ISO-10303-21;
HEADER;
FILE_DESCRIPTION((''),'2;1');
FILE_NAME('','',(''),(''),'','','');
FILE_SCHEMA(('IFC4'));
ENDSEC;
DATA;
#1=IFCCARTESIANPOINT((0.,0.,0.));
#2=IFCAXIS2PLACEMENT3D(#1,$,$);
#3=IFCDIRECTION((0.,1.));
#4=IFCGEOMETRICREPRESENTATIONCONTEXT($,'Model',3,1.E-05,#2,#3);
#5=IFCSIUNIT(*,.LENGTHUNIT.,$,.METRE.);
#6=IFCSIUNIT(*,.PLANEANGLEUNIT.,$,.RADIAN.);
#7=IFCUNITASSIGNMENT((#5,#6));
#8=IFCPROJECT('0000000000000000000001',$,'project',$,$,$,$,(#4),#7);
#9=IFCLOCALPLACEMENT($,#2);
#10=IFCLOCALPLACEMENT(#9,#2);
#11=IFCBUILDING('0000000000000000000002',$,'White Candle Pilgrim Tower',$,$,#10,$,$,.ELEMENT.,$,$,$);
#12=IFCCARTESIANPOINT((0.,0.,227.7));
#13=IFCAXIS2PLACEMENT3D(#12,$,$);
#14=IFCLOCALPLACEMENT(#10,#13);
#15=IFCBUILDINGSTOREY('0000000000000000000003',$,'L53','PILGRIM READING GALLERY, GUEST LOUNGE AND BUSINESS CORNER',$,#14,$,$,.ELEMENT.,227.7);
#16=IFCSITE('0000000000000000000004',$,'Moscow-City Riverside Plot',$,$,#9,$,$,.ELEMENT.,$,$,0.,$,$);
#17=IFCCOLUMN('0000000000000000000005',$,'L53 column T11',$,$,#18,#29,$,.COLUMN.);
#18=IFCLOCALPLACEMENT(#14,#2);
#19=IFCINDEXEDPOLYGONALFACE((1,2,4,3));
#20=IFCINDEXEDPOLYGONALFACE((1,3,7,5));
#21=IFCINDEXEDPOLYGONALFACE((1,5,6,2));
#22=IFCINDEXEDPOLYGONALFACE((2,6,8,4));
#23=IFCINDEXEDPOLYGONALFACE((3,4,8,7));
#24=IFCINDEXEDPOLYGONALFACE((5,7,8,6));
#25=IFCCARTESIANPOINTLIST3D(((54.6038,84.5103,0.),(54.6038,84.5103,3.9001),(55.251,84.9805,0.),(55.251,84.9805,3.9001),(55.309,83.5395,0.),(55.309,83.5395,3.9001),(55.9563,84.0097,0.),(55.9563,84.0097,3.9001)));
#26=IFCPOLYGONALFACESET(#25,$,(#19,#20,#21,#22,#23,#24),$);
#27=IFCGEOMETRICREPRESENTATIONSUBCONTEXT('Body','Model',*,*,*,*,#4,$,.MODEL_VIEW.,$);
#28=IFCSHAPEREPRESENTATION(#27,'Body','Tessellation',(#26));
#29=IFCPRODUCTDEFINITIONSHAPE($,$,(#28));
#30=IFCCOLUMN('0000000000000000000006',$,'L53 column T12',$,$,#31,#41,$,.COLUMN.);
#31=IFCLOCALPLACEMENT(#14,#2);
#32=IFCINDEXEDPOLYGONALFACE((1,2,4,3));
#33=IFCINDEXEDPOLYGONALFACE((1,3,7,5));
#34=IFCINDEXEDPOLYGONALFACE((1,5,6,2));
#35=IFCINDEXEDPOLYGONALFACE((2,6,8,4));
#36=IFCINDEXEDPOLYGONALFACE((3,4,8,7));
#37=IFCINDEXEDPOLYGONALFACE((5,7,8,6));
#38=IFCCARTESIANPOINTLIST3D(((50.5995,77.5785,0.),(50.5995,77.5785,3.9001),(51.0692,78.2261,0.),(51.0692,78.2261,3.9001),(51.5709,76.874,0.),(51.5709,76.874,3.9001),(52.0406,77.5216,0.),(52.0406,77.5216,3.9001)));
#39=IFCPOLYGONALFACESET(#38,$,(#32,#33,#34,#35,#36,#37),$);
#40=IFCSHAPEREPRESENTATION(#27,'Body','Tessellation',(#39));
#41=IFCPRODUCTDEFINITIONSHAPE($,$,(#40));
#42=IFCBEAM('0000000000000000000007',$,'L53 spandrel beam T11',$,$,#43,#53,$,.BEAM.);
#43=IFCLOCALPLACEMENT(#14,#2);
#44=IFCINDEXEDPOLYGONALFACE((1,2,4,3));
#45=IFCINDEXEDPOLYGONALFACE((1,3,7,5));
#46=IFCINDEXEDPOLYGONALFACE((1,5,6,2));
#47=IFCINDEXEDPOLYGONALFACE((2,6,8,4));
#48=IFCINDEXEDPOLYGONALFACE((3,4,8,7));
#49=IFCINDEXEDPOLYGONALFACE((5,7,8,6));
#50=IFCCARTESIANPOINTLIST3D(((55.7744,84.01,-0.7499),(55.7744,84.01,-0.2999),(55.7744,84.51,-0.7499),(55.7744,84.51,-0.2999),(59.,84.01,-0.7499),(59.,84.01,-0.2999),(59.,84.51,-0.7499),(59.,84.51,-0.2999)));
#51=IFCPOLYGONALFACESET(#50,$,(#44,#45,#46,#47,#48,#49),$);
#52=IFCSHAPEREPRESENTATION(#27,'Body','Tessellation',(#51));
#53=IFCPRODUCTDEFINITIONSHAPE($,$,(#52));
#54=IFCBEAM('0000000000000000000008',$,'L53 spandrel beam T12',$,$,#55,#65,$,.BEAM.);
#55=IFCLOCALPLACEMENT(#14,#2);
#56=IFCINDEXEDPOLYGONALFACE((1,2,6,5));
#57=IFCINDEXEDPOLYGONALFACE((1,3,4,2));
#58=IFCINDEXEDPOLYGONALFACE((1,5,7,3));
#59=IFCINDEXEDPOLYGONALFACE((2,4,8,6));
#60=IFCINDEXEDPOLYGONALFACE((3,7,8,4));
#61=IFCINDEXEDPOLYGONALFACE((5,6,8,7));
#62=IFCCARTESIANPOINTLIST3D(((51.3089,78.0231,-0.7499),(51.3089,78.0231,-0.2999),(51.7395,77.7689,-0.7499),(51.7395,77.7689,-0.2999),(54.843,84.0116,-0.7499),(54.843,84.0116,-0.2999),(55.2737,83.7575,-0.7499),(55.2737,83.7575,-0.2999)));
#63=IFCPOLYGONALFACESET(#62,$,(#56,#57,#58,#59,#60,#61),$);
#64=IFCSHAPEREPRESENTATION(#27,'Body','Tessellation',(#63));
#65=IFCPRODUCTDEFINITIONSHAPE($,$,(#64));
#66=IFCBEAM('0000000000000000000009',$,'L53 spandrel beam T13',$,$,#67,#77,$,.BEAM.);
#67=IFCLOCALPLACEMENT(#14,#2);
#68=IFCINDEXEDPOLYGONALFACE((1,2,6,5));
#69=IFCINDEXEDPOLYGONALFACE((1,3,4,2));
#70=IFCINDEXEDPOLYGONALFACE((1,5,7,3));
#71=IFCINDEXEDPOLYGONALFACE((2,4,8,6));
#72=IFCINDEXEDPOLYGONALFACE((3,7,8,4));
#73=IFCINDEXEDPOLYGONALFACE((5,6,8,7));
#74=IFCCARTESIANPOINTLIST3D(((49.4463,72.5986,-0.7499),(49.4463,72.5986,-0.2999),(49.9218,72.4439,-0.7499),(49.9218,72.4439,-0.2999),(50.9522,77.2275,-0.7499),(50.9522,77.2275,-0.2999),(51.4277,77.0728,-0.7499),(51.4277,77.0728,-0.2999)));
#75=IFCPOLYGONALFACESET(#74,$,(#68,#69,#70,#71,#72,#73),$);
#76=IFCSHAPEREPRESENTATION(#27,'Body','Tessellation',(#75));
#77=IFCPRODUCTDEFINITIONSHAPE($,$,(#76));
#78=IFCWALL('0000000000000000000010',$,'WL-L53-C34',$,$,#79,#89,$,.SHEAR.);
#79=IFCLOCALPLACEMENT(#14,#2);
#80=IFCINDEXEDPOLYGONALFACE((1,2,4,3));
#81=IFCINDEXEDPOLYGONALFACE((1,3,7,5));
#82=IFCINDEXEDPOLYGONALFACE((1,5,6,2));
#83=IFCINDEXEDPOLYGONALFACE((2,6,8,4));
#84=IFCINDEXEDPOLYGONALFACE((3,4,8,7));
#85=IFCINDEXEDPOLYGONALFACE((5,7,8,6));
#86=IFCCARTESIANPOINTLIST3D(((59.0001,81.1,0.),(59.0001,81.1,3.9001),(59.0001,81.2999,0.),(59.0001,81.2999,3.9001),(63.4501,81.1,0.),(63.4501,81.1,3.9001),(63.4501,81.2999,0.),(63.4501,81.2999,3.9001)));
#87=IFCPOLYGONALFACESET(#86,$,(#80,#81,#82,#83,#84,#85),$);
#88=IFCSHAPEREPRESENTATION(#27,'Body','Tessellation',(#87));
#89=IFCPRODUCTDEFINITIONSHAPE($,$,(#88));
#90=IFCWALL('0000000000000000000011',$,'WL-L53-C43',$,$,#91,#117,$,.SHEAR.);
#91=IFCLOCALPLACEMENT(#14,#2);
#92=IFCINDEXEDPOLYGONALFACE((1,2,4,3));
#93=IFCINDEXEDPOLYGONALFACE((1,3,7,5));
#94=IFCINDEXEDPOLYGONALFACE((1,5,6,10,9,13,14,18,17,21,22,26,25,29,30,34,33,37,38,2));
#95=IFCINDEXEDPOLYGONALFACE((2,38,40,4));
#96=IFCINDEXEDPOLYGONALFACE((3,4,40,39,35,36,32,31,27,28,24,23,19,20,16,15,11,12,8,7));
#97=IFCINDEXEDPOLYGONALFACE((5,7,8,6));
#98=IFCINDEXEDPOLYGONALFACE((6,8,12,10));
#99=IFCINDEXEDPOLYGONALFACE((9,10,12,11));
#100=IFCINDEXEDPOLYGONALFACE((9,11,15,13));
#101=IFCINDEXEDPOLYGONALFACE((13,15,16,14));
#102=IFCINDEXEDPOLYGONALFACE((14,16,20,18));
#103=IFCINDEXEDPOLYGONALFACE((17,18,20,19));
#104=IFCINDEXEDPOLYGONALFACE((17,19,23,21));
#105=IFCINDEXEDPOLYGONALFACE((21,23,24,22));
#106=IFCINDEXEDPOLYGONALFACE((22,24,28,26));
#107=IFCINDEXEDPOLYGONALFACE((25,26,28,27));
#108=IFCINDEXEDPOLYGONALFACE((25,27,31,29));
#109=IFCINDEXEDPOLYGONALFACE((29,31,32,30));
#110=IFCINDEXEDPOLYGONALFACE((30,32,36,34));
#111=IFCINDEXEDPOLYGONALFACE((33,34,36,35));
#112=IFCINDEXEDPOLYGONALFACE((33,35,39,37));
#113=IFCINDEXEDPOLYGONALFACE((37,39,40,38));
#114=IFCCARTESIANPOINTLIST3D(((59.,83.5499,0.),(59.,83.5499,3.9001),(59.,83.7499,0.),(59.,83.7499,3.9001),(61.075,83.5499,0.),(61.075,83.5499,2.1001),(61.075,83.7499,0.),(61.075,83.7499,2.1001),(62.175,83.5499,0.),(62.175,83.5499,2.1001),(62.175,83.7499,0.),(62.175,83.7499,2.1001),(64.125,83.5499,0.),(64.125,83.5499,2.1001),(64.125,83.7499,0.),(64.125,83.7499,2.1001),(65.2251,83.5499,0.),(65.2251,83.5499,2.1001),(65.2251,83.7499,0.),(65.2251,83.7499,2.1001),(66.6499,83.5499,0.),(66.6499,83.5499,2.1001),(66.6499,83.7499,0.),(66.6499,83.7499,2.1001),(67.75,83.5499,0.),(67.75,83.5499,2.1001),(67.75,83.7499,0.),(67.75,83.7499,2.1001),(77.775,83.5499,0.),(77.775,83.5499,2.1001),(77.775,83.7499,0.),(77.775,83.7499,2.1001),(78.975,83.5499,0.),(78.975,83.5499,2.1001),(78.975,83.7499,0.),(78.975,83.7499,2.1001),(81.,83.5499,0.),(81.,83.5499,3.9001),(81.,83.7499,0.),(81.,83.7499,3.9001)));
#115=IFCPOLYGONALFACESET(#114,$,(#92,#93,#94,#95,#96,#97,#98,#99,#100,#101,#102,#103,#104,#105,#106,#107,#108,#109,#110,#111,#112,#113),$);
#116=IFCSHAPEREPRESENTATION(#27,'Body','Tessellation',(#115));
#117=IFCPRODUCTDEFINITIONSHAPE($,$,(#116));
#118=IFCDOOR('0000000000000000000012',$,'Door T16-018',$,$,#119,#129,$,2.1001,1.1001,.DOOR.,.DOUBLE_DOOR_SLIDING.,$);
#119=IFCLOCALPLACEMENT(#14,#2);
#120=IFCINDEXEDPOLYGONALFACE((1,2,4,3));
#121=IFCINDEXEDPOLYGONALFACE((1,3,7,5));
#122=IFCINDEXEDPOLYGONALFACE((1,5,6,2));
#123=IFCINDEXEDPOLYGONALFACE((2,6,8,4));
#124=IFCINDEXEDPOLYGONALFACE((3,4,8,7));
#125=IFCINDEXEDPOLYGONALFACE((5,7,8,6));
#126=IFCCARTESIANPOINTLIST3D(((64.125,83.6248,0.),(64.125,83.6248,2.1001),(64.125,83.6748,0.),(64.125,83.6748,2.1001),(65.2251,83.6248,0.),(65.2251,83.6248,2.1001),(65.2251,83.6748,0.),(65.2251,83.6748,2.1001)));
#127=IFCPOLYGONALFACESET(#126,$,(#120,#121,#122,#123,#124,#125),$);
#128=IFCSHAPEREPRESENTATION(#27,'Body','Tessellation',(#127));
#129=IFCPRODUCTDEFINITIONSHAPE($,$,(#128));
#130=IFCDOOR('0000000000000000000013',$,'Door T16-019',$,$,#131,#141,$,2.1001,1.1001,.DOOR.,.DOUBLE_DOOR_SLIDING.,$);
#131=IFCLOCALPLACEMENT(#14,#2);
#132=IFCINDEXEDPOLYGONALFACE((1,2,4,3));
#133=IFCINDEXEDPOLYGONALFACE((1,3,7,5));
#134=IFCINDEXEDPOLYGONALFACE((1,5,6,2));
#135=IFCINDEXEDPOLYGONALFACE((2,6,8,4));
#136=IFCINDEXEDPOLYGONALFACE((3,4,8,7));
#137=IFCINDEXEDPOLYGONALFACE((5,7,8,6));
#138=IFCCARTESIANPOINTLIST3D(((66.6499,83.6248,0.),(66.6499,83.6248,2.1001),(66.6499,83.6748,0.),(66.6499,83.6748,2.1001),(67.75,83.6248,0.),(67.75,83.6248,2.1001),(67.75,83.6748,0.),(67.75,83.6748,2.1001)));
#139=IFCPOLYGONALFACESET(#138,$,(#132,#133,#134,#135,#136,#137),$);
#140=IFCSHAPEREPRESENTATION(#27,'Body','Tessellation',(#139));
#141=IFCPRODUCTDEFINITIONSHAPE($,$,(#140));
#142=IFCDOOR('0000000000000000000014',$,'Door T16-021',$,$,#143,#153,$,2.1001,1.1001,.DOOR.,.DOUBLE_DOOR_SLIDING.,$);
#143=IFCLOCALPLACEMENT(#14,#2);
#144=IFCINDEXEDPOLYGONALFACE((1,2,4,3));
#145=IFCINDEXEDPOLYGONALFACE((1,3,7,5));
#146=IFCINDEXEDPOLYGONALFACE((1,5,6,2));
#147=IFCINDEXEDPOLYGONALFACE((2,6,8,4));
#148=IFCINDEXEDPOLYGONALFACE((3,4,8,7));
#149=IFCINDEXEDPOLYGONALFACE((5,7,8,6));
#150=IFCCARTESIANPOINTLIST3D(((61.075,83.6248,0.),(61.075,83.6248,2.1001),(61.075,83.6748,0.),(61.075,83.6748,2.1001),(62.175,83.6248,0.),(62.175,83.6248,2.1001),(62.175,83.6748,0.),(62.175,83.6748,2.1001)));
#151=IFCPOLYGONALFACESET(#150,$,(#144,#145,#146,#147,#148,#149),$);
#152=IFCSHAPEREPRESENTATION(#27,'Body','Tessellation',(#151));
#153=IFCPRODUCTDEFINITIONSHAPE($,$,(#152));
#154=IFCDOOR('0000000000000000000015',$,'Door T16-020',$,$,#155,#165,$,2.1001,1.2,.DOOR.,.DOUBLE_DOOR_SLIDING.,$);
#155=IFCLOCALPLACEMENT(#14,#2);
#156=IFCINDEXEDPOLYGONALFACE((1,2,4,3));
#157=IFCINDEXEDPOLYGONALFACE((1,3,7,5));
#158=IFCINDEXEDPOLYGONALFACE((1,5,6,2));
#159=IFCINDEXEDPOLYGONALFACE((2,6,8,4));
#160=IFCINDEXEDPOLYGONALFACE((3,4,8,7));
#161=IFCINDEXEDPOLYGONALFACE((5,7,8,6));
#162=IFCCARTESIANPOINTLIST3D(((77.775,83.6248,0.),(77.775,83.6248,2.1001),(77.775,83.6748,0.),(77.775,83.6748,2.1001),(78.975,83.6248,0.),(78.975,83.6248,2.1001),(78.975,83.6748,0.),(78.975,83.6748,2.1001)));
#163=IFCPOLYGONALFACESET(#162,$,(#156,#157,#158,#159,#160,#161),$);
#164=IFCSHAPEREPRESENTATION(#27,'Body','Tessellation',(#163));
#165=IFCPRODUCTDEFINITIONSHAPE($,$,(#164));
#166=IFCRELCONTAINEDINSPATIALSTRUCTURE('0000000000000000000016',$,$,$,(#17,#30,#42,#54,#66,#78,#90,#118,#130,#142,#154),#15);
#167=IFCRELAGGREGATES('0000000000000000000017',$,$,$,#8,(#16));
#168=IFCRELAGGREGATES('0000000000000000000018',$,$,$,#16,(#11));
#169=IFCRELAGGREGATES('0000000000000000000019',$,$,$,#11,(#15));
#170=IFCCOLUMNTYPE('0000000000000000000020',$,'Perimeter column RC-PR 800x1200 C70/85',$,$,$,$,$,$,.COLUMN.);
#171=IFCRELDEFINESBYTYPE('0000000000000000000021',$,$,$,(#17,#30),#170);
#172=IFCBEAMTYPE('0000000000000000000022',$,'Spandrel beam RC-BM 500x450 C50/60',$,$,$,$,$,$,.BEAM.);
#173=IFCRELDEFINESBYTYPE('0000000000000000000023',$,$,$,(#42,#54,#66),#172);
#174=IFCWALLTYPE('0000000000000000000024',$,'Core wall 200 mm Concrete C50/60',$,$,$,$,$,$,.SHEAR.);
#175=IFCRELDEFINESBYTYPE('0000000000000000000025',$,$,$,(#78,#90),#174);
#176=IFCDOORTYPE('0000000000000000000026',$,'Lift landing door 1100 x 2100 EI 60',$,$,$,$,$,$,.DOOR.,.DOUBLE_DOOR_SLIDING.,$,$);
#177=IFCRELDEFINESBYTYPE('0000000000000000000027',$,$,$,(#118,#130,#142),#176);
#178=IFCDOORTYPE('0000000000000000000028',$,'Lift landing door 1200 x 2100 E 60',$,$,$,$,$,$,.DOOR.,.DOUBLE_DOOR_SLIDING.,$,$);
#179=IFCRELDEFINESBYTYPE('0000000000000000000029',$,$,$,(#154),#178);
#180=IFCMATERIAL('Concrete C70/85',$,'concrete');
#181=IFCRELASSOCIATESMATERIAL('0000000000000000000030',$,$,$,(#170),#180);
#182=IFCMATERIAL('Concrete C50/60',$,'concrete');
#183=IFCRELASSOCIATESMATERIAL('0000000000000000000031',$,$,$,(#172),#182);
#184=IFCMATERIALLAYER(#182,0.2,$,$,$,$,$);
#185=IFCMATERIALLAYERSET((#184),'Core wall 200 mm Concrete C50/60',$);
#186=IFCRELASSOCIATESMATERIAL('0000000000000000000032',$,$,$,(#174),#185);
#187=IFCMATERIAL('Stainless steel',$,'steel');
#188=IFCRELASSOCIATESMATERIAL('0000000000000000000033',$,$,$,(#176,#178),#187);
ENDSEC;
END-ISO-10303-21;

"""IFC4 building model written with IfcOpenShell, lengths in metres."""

from ifc_helpers import new_model, si_unit, direction, frame, frame_2d, origin, origin_2d, place, context, subcontext, project, spatial, rectangle, extrude, material, layer, layer_set, material_profile, profile_set, type_object, element, fill, save


model = new_model("IFC4")

# Units and contexts
model_context = context("Model", 3, precision=1e-05, world=origin(), true_north=direction((0.0, 1.0)))
body_context = subcontext(model_context, "Body", "Model", "MODEL_VIEW")
ifc_project = project(units=[si_unit("LENGTHUNIT", "METRE"), si_unit("PLANEANGLEUNIT", "RADIAN")], contexts=[model_context])

# Site, building, storey
site_placement = place(None, origin())
site = spatial("IfcSite", under=ifc_project, at=site_placement, Name="Moscow-City Riverside Plot", CompositionType="ELEMENT", RefElevation=0.0)
building_placement = place(site_placement, origin())
building = spatial("IfcBuilding", under=site, at=building_placement, Name="White Candle Pilgrim Tower", CompositionType="ELEMENT")
storey_placement = place(building_placement, frame((0.0, 0.0, 227.7)))
storey = spatial("IfcBuildingStorey", under=building, at=storey_placement, Name="L53", Description="PILGRIM READING GALLERY, GUEST LOUNGE AND BUSINESS CORNER", CompositionType="ELEMENT", Elevation=227.7)

# Columns
ifc_material_1 = material(Name="Concrete C70/85", Category="concrete")
ifc_material_profile_1 = material_profile(ifc_material_1, rectangle(XDim=0.8, YDim=1.2, at=origin_2d()), Name="RC-PR 800x1200")
ifc_profile_set_1 = profile_set([ifc_material_profile_1], Name="Concrete C70/85")
column_type = type_object("IfcColumnType", Name="Perimeter column RC-PR 800x1200 C70/85", PredefinedType="COLUMN", material=ifc_profile_set_1)
for number, where, z_axis, x_axis, name in (
    (1, (55.28, 84.26, 0.0), (0.0, 0.0, 1.0), (0.809027, 0.587771, 0.0), "L53 column T11"),
    (2, (51.3201, 77.55, 0.0), (0.0, 0.0, 1.0), (0.587107, 0.809509, 0.0), "L53 column T12"),
):
    element("IfcColumn", number, at=place(storey_placement, frame(where, z_axis=z_axis, x_axis=x_axis)), inside=storey, type_object=column_type, Name=name, PredefinedType="COLUMN", context=body_context, shape_type="SweptSolid", body=[
        extrude(rectangle(XDim=0.8, YDim=1.2, at=origin_2d()), origin(), (0.0, 0.0, 1.0), 3.9001),
    ])

# Beams
ifc_material_2 = material(Name="Concrete C50/60", Category="concrete")
ifc_material_profile_2 = material_profile(ifc_material_2, rectangle(XDim=0.5, YDim=0.45, at=origin_2d()), Name="RC-BM 500x450")
ifc_profile_set_2 = profile_set([ifc_material_profile_2], Name="Concrete C50/60")
beam_type = type_object("IfcBeamType", Name="Spandrel beam RC-BM 500x450 C50/60", PredefinedType="BEAM", material=ifc_profile_set_2)
beam_1_placement = place(storey_placement, frame((55.7744, 84.26, -0.5249), z_axis=(1.0, 0.0, 0.0), x_axis=(0.0, 1.0, 0.0)))
element("IfcBeam", 3, at=beam_1_placement, inside=storey, type_object=beam_type, Name="L53 spandrel beam T11", PredefinedType="BEAM", context=body_context, shape_type="SweptSolid", body=[
    extrude(rectangle(XDim=0.5, YDim=0.45, at=origin_2d()), origin(), (0.0, 0.0, 1.0), 3.2256),
])
beam_2_placement = place(storey_placement, frame((55.0583, 83.8845, -0.5249), z_axis=(-0.50825, -0.861209, 0.0), x_axis=(0.861209, -0.50825, 0.0)))
element("IfcBeam", 4, at=beam_2_placement, inside=storey, type_object=beam_type, Name="L53 spandrel beam T12", PredefinedType="BEAM", context=body_context, shape_type="SweptSolid", body=[
    extrude(rectangle(XDim=0.5, YDim=0.45, at=origin_2d()), origin(), (0.0, 0.0, 1.0), 6.9536),
])
beam_3_placement = place(storey_placement, frame((51.1899, 77.1501, -0.5249), z_axis=(-0.309358, -0.950946, 0.0), x_axis=(0.950946, -0.309358, 0.0)))
element("IfcBeam", 5, at=beam_3_placement, inside=storey, type_object=beam_type, Name="L53 spandrel beam T13", PredefinedType="BEAM", context=body_context, shape_type="SweptSolid", body=[
    extrude(rectangle(XDim=0.5, YDim=0.45, at=origin_2d()), origin(), (0.0, 0.0, 1.0), 4.8677),
])

# Wall
ifc_layer_1 = layer(ifc_material_2, 0.2)
ifc_layer_set_1 = layer_set([ifc_layer_1], Name="Core wall 200 mm Concrete C50/60")
wall_type_1 = type_object("IfcWallType", Name="Core wall 200 mm Concrete C50/60", PredefinedType="SHEAR", material=ifc_layer_set_1)
wall_1_placement = place(storey_placement, frame((59.0, 81.2, 0.0), z_axis=(0.0, 0.0, 1.0), x_axis=(1.0, 0.0, 0.0)))
element("IfcWall", 6, at=wall_1_placement, inside=storey, type_object=wall_type_1, Name="WL-L53-C34", PredefinedType="SHEAR", context=body_context, shape_type="SweptSolid", body=[
    extrude(rectangle(XDim=4.45, YDim=0.2, at=frame_2d((2.2251, 0.0))), origin(), (0.0, 0.0, 1.0), 3.9001),
])

# Wall, openings, doors
wall_2_placement = place(storey_placement, frame((59.0, 83.6499, 0.0), z_axis=(0.0, 0.0, 1.0), x_axis=(1.0, 0.0, 0.0)))
wall_2 = element("IfcWall", 7, at=wall_2_placement, inside=storey, type_object=wall_type_1, Name="WL-L53-C43", PredefinedType="SHEAR", context=body_context, shape_type="SweptSolid", body=[
    extrude(rectangle(XDim=22.0, YDim=0.2, at=frame_2d((11.0, 0.0))), origin(), (0.0, 0.0, 1.0), 3.9001),
])
opening_1_placement = place(wall_2_placement, frame((5.125, 0.0, 0.0)))
opening_1 = element("IfcOpeningElement", 8, at=opening_1_placement, cuts=wall_2, PredefinedType="OPENING", context=body_context, shape_type="SweptSolid", body=[
    extrude(rectangle(XDim=1.1001, YDim=2.1001, at=frame_2d((0.55, 1.05))), frame((0.0, 0.1099, 0.0), z_axis=(0.0, -1.0, 0.0), x_axis=(1.0, 0.0, 0.0)), (0.0, 0.0, 1.0), 0.22),
])
opening_2_placement = place(wall_2_placement, frame((7.6499, 0.0, 0.0)))
opening_2 = element("IfcOpeningElement", 9, at=opening_2_placement, cuts=wall_2, PredefinedType="OPENING", context=body_context, shape_type="SweptSolid", body=[
    extrude(rectangle(XDim=1.1001, YDim=2.1001, at=frame_2d((0.55, 1.05))), frame((0.0, 0.1099, 0.0), z_axis=(0.0, -1.0, 0.0), x_axis=(1.0, 0.0, 0.0)), (0.0, 0.0, 1.0), 0.22),
])
opening_3_placement = place(wall_2_placement, frame((18.7749, 0.0, 0.0)))
opening_3 = element("IfcOpeningElement", 10, at=opening_3_placement, cuts=wall_2, PredefinedType="OPENING", context=body_context, shape_type="SweptSolid", body=[
    extrude(rectangle(XDim=1.2, YDim=2.1001, at=frame_2d((0.6001, 1.05))), frame((0.0, 0.1099, 0.0), z_axis=(0.0, -1.0, 0.0), x_axis=(1.0, 0.0, 0.0)), (0.0, 0.0, 1.0), 0.22),
])
opening_4_placement = place(wall_2_placement, frame((2.075, 0.0, 0.0)))
opening_4 = element("IfcOpeningElement", 11, at=opening_4_placement, cuts=wall_2, PredefinedType="OPENING", context=body_context, shape_type="SweptSolid", body=[
    extrude(rectangle(XDim=1.1001, YDim=2.1001, at=frame_2d((0.55, 1.05))), frame((0.0, 0.1099, 0.0), z_axis=(0.0, -1.0, 0.0), x_axis=(1.0, 0.0, 0.0)), (0.0, 0.0, 1.0), 0.22),
])
ifc_material_3 = material(Name="Stainless steel", Category="steel")
door_type_1 = type_object("IfcDoorType", Name="Lift landing door 1100 x 2100 EI 60", OperationType="DOUBLE_DOOR_SLIDING", PredefinedType="DOOR", material=ifc_material_3)
door_1_placement = place(opening_1_placement, origin())
door_1 = element("IfcDoor", 12, at=door_1_placement, inside=storey, type_object=door_type_1, Name="Door T16-018", OperationType="DOUBLE_DOOR_SLIDING", OverallHeight=2.1001, OverallWidth=1.1001, PredefinedType="DOOR", context=body_context, shape_type="SweptSolid", body=[
    extrude(rectangle(XDim=1.1001, YDim=2.1001, at=frame_2d((0.55, 1.05))), frame((0.0, 0.0249, 0.0), z_axis=(0.0, -1.0, 0.0), x_axis=(1.0, 0.0, 0.0)), (0.0, 0.0, 1.0), 0.05),
])
fill(opening_1, door_1)
door_2_placement = place(opening_2_placement, origin())
door_2 = element("IfcDoor", 13, at=door_2_placement, inside=storey, type_object=door_type_1, Name="Door T16-019", OperationType="DOUBLE_DOOR_SLIDING", OverallHeight=2.1001, OverallWidth=1.1001, PredefinedType="DOOR", context=body_context, shape_type="SweptSolid", body=[
    extrude(rectangle(XDim=1.1001, YDim=2.1001, at=frame_2d((0.55, 1.05))), frame((0.0, 0.0249, 0.0), z_axis=(0.0, -1.0, 0.0), x_axis=(1.0, 0.0, 0.0)), (0.0, 0.0, 1.0), 0.05),
])
fill(opening_2, door_2)
door_3_placement = place(opening_4_placement, origin())
door_3 = element("IfcDoor", 14, at=door_3_placement, inside=storey, type_object=door_type_1, Name="Door T16-021", OperationType="DOUBLE_DOOR_SLIDING", OverallHeight=2.1001, OverallWidth=1.1001, PredefinedType="DOOR", context=body_context, shape_type="SweptSolid", body=[
    extrude(rectangle(XDim=1.1001, YDim=2.1001, at=frame_2d((0.55, 1.05))), frame((0.0, 0.0249, 0.0), z_axis=(0.0, -1.0, 0.0), x_axis=(1.0, 0.0, 0.0)), (0.0, 0.0, 1.0), 0.05),
])
fill(opening_4, door_3)
door_type_2 = type_object("IfcDoorType", Name="Lift landing door 1200 x 2100 E 60", OperationType="DOUBLE_DOOR_SLIDING", PredefinedType="DOOR", material=ifc_material_3)
door_4_placement = place(opening_3_placement, origin())
door_4 = element("IfcDoor", 15, at=door_4_placement, inside=storey, type_object=door_type_2, Name="Door T16-020", OperationType="DOUBLE_DOOR_SLIDING", OverallHeight=2.1001, OverallWidth=1.2, PredefinedType="DOOR", context=body_context, shape_type="SweptSolid", body=[
    extrude(rectangle(XDim=1.2, YDim=2.1001, at=frame_2d((0.6001, 1.05))), frame((0.0, 0.0249, 0.0), z_axis=(0.0, -1.0, 0.0), x_axis=(1.0, 0.0, 0.0)), (0.0, 0.0, 1.0), 0.05),
])
fill(opening_3, door_4)

save(model, "model.ifc")
